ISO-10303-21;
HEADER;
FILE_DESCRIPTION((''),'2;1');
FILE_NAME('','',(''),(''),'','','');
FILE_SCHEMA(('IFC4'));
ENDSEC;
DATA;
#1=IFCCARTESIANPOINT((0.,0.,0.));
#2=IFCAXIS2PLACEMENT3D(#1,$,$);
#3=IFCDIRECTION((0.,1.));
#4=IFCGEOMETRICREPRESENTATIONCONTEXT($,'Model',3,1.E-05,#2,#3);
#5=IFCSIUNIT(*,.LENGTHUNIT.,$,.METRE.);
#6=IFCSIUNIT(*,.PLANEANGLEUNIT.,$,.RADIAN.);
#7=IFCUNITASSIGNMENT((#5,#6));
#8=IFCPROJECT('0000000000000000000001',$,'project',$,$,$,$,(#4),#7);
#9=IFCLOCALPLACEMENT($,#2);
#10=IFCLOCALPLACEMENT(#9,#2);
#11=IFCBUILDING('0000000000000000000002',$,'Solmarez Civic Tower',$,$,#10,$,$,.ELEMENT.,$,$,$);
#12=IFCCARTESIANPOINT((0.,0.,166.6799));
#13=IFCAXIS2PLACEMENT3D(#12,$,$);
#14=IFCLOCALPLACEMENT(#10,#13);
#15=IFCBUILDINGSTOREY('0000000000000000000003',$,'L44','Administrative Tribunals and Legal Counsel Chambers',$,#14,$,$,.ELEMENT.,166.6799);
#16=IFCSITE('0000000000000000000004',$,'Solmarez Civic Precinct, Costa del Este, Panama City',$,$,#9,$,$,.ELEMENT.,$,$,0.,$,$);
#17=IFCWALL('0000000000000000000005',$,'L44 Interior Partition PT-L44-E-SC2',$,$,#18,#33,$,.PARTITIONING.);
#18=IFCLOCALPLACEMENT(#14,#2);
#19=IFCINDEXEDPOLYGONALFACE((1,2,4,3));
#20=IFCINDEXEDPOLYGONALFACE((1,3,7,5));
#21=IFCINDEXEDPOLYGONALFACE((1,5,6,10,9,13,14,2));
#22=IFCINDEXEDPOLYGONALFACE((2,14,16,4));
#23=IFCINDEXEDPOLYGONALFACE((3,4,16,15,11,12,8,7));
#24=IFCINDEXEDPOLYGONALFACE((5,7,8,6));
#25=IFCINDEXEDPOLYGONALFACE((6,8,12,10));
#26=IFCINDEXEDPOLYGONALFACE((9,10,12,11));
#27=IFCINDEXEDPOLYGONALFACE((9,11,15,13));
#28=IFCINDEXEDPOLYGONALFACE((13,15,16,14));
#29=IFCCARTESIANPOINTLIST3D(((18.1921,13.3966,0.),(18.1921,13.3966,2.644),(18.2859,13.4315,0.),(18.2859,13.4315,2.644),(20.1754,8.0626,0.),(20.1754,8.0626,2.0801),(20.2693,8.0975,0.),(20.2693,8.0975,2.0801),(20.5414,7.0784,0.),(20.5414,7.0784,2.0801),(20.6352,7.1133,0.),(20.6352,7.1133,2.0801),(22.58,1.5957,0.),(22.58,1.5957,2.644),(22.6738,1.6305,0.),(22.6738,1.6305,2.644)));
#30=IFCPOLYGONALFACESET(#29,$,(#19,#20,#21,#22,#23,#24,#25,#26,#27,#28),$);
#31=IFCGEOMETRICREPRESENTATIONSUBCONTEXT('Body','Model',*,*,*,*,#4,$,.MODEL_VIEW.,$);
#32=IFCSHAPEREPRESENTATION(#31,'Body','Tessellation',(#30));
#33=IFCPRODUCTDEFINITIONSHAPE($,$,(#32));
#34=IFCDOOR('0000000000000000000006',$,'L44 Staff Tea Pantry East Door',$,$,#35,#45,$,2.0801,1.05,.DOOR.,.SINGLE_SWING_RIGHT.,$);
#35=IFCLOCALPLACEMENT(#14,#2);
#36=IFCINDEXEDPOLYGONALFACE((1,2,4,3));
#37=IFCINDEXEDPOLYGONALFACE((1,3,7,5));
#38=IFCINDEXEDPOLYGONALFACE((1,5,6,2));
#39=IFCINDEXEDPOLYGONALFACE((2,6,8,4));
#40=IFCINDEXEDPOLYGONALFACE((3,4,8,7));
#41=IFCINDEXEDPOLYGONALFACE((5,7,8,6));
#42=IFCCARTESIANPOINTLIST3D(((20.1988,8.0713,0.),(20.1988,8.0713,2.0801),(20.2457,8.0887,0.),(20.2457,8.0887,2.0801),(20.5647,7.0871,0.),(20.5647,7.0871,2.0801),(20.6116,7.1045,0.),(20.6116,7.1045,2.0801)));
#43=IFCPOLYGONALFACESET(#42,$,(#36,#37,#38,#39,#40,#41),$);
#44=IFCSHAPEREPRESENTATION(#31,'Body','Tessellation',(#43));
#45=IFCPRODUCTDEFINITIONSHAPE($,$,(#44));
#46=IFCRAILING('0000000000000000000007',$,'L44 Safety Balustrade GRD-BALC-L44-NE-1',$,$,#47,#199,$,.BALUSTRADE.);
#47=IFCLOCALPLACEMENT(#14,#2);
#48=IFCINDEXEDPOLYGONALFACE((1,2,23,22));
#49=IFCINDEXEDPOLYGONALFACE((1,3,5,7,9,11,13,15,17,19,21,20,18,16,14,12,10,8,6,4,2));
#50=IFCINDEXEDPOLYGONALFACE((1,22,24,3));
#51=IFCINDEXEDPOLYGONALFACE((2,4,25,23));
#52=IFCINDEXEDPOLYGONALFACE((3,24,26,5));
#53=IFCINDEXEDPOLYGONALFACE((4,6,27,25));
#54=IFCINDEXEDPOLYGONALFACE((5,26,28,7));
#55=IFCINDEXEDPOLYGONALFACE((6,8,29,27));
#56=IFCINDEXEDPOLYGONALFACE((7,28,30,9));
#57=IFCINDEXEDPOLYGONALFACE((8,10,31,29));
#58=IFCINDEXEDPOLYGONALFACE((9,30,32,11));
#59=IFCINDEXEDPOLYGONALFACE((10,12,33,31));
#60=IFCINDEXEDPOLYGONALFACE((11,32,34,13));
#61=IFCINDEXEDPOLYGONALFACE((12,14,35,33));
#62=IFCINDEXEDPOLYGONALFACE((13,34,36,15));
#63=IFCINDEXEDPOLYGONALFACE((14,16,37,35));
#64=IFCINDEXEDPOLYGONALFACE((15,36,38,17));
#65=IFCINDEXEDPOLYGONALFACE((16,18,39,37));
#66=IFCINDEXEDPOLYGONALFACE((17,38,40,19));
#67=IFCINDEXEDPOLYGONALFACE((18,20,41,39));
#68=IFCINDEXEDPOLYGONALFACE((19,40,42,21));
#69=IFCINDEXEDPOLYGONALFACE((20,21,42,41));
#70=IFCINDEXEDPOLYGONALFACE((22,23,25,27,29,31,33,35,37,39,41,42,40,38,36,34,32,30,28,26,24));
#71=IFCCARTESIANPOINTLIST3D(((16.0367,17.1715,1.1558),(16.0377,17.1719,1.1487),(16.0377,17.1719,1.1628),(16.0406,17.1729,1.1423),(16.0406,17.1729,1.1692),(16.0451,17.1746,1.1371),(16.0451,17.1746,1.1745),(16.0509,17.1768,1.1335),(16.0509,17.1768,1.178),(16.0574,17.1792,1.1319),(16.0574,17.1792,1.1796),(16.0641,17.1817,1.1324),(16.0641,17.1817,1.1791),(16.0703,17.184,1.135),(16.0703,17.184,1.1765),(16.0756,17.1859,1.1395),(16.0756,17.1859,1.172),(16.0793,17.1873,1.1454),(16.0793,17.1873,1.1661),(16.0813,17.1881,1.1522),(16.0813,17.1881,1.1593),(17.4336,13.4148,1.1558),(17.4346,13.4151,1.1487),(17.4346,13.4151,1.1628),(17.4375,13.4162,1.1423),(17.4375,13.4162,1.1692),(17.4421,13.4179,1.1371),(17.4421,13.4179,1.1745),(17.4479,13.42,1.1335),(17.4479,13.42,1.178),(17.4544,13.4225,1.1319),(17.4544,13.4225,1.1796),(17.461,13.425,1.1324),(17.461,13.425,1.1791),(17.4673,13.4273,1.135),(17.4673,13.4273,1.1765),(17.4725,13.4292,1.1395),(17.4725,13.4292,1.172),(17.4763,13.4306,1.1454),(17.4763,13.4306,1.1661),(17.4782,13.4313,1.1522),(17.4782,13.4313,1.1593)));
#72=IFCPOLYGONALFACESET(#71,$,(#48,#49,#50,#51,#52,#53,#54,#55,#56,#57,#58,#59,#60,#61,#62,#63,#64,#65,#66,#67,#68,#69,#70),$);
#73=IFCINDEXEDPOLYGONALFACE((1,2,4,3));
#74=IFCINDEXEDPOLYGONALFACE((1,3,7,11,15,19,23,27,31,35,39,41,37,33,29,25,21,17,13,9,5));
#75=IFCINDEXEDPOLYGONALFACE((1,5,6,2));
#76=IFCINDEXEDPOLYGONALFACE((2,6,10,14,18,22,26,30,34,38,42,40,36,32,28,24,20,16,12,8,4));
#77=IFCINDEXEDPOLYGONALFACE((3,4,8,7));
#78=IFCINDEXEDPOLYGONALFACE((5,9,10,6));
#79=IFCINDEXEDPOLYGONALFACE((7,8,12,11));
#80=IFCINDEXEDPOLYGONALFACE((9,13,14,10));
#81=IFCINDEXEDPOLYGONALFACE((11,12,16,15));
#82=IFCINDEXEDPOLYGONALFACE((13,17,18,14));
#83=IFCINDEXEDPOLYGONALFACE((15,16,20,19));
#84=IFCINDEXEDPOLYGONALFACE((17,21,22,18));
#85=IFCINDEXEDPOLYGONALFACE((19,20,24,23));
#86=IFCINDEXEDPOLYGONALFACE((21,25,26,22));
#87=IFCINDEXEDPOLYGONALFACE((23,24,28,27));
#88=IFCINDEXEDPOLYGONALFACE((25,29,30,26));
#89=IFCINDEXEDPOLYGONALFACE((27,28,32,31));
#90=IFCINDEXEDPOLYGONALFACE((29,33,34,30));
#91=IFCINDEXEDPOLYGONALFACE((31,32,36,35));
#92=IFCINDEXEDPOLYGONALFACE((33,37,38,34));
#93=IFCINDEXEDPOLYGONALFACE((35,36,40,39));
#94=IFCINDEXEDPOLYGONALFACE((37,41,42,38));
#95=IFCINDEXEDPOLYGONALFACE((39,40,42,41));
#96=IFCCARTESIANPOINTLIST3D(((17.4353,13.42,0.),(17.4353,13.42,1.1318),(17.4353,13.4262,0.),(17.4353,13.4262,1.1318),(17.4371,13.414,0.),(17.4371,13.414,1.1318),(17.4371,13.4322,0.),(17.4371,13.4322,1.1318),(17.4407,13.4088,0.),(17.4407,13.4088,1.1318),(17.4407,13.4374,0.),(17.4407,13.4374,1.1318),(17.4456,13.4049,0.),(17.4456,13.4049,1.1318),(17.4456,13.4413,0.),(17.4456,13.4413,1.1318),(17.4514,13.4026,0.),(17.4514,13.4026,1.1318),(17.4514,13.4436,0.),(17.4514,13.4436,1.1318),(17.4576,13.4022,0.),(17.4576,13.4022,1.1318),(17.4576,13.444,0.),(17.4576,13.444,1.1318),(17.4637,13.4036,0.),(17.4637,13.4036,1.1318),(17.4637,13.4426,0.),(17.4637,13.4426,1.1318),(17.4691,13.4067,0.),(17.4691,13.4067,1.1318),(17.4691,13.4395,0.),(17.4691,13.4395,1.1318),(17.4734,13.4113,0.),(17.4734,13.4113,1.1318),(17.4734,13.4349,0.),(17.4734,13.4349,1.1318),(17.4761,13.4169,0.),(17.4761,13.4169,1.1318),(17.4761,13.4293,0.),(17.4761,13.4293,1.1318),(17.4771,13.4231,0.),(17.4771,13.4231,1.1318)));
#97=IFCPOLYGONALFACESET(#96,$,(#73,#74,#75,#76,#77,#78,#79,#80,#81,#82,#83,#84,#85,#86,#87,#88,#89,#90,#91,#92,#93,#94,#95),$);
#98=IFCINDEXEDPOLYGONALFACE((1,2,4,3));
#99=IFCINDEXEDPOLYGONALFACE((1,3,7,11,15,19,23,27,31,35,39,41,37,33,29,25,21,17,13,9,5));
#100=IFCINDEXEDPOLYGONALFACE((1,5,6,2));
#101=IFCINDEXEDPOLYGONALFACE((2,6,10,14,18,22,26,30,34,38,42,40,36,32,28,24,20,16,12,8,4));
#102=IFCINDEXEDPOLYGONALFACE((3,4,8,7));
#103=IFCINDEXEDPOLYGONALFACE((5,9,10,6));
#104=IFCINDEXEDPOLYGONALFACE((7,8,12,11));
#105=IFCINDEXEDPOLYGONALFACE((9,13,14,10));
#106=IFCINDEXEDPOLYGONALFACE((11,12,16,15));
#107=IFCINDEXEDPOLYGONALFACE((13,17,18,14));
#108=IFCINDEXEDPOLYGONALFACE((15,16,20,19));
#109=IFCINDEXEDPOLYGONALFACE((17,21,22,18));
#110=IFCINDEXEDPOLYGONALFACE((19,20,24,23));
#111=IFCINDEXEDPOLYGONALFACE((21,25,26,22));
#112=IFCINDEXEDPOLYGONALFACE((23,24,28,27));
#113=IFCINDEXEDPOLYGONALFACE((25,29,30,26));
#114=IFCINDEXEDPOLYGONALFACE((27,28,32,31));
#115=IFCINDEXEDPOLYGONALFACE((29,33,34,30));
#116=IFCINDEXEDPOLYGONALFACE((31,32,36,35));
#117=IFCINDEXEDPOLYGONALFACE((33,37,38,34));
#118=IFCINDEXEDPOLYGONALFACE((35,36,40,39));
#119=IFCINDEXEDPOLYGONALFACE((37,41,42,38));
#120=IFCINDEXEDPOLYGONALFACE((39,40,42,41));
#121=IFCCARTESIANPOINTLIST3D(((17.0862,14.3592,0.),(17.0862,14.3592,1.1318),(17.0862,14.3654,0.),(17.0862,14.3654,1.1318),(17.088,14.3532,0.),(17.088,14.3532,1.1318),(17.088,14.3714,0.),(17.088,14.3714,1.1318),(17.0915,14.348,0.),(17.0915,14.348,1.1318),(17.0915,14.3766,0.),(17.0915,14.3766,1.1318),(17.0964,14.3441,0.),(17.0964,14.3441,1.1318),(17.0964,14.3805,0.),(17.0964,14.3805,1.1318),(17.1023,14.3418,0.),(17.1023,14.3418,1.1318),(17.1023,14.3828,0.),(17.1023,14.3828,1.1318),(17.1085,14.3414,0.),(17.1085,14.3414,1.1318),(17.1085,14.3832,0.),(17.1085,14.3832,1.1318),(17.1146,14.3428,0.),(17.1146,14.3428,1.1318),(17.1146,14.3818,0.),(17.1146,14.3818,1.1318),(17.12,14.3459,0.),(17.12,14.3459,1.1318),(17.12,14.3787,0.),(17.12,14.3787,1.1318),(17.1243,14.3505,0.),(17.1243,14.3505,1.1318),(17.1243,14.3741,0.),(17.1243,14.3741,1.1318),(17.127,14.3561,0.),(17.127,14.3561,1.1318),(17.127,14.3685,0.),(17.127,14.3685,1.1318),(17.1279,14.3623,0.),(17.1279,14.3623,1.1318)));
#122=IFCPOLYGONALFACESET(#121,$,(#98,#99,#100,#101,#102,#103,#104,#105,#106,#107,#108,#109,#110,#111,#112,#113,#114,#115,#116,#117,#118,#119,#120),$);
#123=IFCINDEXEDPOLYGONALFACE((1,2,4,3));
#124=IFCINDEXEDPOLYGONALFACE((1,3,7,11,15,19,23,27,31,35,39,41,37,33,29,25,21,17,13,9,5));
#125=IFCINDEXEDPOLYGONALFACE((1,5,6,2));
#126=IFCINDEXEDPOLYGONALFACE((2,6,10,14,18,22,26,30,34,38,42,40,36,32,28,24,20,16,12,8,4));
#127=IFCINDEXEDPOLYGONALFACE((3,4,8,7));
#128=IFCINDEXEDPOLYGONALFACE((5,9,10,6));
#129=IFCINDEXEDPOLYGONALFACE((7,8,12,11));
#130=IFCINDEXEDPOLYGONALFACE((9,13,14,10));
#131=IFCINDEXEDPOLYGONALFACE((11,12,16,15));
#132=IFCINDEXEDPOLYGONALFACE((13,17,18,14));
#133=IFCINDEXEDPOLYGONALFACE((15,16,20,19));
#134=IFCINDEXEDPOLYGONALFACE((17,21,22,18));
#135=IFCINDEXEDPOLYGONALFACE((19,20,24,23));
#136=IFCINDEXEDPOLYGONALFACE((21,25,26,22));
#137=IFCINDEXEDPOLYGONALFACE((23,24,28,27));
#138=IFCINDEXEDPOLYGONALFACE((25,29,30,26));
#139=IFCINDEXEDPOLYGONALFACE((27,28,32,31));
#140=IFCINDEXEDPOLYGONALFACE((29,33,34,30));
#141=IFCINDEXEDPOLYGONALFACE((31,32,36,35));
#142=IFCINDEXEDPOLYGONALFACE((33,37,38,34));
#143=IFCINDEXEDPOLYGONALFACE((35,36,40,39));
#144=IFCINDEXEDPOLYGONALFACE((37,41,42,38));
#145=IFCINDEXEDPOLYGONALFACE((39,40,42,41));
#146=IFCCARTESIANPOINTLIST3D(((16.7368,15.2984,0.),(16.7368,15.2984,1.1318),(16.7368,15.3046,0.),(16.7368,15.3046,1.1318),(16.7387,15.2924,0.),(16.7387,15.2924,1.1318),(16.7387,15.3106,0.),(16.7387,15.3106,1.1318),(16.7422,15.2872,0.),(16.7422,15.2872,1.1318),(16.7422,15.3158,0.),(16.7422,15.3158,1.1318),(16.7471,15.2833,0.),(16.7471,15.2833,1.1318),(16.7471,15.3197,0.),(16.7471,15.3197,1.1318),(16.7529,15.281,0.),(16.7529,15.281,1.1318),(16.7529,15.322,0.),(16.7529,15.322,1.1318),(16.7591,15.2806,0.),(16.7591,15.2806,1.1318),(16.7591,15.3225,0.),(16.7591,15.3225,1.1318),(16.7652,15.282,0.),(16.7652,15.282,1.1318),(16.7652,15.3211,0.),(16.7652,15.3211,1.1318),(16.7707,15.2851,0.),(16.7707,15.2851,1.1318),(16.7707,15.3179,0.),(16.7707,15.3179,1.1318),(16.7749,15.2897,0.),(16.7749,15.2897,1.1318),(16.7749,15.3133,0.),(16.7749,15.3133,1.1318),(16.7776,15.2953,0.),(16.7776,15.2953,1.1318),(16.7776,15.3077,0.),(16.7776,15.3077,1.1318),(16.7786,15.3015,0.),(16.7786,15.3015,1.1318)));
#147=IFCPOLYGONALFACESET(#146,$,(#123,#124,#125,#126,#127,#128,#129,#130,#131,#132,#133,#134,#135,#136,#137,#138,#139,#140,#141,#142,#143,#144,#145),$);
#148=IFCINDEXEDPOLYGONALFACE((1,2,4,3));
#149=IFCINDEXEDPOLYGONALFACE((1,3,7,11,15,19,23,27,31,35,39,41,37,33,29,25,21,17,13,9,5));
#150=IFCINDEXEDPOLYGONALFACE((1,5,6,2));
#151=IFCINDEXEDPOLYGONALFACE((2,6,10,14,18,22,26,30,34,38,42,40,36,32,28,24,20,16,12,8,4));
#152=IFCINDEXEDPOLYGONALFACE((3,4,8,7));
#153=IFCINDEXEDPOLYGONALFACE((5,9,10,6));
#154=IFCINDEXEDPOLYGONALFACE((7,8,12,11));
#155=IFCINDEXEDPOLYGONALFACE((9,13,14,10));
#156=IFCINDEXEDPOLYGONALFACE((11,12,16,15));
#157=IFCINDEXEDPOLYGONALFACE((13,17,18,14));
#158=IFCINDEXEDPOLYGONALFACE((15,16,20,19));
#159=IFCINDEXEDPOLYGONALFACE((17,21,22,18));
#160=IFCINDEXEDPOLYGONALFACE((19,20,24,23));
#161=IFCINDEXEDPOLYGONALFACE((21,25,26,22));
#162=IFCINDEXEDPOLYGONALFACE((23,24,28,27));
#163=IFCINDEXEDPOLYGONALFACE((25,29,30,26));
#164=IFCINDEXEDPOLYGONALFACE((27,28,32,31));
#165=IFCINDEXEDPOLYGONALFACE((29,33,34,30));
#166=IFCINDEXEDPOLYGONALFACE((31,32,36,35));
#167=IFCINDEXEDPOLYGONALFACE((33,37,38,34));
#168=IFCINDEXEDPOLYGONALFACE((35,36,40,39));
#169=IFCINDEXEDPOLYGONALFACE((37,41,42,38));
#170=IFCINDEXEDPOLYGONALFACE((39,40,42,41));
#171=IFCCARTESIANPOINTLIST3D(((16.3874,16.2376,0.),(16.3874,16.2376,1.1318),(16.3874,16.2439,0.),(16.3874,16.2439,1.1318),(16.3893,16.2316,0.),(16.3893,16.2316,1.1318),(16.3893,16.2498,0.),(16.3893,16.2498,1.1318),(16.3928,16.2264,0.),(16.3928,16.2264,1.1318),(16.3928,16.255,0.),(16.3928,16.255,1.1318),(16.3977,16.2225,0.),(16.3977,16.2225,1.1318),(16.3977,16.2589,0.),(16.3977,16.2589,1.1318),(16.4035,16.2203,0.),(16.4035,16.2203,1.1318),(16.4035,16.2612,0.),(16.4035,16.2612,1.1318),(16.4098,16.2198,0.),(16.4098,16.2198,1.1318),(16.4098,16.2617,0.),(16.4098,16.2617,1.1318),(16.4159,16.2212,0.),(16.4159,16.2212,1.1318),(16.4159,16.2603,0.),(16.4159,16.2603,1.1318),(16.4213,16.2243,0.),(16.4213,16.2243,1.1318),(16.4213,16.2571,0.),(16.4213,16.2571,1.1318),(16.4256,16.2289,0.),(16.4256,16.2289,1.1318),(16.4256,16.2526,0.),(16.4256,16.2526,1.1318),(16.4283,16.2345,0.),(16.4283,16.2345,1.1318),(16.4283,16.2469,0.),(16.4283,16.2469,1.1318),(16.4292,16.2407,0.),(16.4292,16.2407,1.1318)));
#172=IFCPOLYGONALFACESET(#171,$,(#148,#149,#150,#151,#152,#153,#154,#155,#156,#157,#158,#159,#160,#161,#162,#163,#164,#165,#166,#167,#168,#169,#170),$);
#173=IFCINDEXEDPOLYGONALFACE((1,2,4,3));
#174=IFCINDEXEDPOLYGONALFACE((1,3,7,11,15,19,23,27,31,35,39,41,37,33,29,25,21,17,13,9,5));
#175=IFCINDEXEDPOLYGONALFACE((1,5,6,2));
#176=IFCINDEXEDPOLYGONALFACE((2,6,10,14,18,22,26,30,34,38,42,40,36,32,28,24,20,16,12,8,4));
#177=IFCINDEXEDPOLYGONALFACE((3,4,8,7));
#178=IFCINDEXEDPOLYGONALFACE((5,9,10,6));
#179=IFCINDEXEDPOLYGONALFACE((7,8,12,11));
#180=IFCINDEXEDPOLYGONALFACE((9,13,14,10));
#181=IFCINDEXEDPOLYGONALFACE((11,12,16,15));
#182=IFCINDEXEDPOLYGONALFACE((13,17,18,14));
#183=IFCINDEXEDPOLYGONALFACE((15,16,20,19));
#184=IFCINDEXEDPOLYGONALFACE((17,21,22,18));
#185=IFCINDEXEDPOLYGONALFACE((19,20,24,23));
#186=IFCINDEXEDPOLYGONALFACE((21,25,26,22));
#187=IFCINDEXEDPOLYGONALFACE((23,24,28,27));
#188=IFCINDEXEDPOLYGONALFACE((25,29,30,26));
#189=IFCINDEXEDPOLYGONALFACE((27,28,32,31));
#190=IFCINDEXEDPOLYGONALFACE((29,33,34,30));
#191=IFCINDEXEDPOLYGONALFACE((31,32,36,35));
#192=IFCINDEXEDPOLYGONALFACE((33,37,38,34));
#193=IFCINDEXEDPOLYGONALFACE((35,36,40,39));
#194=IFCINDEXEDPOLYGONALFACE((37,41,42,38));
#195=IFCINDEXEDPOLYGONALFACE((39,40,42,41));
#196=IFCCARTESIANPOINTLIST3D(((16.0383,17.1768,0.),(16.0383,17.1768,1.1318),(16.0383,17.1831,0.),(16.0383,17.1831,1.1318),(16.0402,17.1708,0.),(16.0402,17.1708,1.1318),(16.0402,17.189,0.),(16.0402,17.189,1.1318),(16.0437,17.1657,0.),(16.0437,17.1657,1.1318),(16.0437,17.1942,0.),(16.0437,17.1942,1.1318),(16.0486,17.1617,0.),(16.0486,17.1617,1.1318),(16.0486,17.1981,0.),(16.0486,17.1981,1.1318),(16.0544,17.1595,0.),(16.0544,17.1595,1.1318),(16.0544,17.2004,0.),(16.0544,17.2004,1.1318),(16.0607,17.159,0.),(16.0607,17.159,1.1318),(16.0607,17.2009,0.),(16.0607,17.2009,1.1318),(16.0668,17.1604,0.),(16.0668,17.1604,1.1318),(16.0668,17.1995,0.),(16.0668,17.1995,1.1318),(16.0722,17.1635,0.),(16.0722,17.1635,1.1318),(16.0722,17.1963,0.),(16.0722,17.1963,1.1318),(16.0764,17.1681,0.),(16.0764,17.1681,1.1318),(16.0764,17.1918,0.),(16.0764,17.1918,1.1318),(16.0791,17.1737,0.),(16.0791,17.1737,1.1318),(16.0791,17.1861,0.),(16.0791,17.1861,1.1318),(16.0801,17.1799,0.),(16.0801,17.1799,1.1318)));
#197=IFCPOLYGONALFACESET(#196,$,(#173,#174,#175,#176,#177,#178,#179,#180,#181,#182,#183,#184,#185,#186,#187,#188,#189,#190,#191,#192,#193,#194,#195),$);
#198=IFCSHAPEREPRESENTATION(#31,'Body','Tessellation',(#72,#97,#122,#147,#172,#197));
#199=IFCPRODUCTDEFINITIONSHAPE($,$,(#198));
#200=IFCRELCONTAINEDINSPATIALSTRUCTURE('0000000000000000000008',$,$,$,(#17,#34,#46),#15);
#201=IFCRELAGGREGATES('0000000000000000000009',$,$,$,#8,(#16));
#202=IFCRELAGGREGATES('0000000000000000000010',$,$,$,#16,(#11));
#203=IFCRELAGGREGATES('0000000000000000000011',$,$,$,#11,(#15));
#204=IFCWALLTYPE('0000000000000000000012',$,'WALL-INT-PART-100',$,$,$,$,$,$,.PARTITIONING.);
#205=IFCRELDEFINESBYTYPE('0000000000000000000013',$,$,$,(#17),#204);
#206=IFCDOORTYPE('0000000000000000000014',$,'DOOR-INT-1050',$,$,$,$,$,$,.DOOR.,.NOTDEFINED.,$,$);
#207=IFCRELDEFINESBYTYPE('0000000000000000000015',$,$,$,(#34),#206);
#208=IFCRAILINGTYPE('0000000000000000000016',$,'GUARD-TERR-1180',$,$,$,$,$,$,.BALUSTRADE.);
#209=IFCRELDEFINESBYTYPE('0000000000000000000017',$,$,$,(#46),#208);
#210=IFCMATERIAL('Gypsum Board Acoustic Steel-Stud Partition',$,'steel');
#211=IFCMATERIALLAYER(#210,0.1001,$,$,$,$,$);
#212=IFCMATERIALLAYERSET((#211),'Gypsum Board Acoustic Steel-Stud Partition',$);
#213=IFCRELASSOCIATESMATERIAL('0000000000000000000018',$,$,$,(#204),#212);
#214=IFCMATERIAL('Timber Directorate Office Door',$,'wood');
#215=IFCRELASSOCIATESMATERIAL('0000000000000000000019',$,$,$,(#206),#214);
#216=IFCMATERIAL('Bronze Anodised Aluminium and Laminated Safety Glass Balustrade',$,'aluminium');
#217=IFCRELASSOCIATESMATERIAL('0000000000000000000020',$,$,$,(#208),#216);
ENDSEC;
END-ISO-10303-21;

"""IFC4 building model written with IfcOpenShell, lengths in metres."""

from ifc_helpers import new_model, si_unit, direction, frame, frame_2d, origin, origin_2d, place, context, subcontext, project, spatial, rectangle, circle, extrude, material, layer, layer_set, type_object, element, fill, save


model = new_model("IFC4")

# Units and contexts
model_context = context("Model", 3, precision=1e-05, world=origin(), true_north=direction((0.0, 1.0)))
body_context = subcontext(model_context, "Body", "Model", "MODEL_VIEW")
ifc_project = project(units=[si_unit("LENGTHUNIT", "METRE"), si_unit("PLANEANGLEUNIT", "RADIAN")], contexts=[model_context])

# Site, building, storey
site_placement = place(None, origin())
site = spatial("IfcSite", under=ifc_project, at=site_placement, Name="Solmarez Civic Precinct, Costa del Este, Panama City", CompositionType="ELEMENT", RefElevation=0.0)
building_placement = place(site_placement, origin())
building = spatial("IfcBuilding", under=site, at=building_placement, Name="Solmarez Civic Tower", CompositionType="ELEMENT")
storey_placement = place(building_placement, frame((0.0, 0.0, 166.6799)))
storey = spatial("IfcBuildingStorey", under=building, at=storey_placement, Name="L44", Description="Administrative Tribunals and Legal Counsel Chambers", CompositionType="ELEMENT", Elevation=166.6799)

# Wall, opening, door
ifc_material_1 = material(Name="Gypsum Board Acoustic Steel-Stud Partition", Category="steel")
ifc_layer_1 = layer(ifc_material_1, 0.1001)
ifc_layer_set_1 = layer_set([ifc_layer_1], Name="Gypsum Board Acoustic Steel-Stud Partition")
wall_type_1 = type_object("IfcWallType", Name="WALL-INT-PART-100", PredefinedType="PARTITIONING", material=ifc_layer_set_1)
ifc_material_2 = material(Name="Timber Directorate Office Door", Category="wood")
door_type_1 = type_object("IfcDoorType", Name="DOOR-INT-1050", OperationType="NOTDEFINED", PredefinedType="DOOR", material=ifc_material_2)
wall_1_placement = place(storey_placement, frame((18.239, 13.4141, 0.0), z_axis=(0.0, 0.0, 1.0), x_axis=(0.348515, -0.937303, 0.0)))
wall_1 = element("IfcWall", 1, at=wall_1_placement, inside=storey, type_object=wall_type_1, Name="L44 Interior Partition PT-L44-E-SC2", PredefinedType="PARTITIONING", context=body_context, shape_type="SweptSolid", body=[
    extrude(rectangle(XDim=12.5903, YDim=0.1001, at=frame_2d((6.2952, 0.0))), origin(), (0.0, 0.0, 1.0), 2.644),
])
opening_1_placement = place(wall_1_placement, frame((5.6909, 0.0, 0.0)))
opening_1 = element("IfcOpeningElement", 2, at=opening_1_placement, cuts=wall_1, PredefinedType="OPENING", context=body_context, shape_type="SweptSolid", body=[
    extrude(rectangle(XDim=1.05, YDim=2.0801, at=frame_2d((0.5249, 1.04))), frame((0.0, 0.0601, 0.0), z_axis=(0.0, -1.0, 0.0), x_axis=(1.0, 0.0, 0.0)), (0.0, 0.0, 1.0), 0.1201),
])
door_1_placement = place(opening_1_placement, origin())
door_1 = element("IfcDoor", 3, at=door_1_placement, inside=storey, type_object=door_type_1, Name="L44 Staff Tea Pantry East Door", OperationType="SINGLE_SWING_RIGHT", OverallHeight=2.0801, OverallWidth=1.05, PredefinedType="DOOR", context=body_context, shape_type="SweptSolid", body=[
    extrude(rectangle(XDim=1.05, YDim=2.0801, at=frame_2d((0.5249, 1.04))), frame((0.0, 0.0249, 0.0), z_axis=(0.0, -1.0, 0.0), x_axis=(1.0, 0.0, 0.0)), (0.0, 0.0, 1.0), 0.05),
])
fill(opening_1, door_1)

# Railing
ifc_material_3 = material(Name="Bronze Anodised Aluminium and Laminated Safety Glass Balustrade", Category="aluminium")
railing_type = type_object("IfcRailingType", Name="GUARD-TERR-1180", PredefinedType="BALUSTRADE", material=ifc_material_3)
railing_1_placement = place(storey_placement, frame((17.4561, 13.4231, 0.0)))
element("IfcRailing", 4, at=railing_1_placement, inside=storey, type_object=railing_type, Name="L44 Safety Balustrade GRD-BALC-L44-NE-1", PredefinedType="BALUSTRADE", context=body_context, shape_type="SweptSolid", body=[
    extrude(circle(Radius=0.0239, at=origin_2d()), frame((0.0, 0.0, 1.1558), z_axis=(-0.348532, 0.937297, 0.0), x_axis=(-0.937297, -0.348532, 0.0)), (0.0, 0.0, 1.0), 4.0081),
    extrude(circle(Radius=0.021, at=origin_2d()), origin(), (0.0, 0.0, 1.0), 1.1318),
    extrude(circle(Radius=0.021, at=origin_2d()), frame((-0.3491, 0.9392, 0.0)), (0.0, 0.0, 1.0), 1.1318),
    extrude(circle(Radius=0.021, at=origin_2d()), frame((-0.6985, 1.8784, 0.0)), (0.0, 0.0, 1.0), 1.1318),
    extrude(circle(Radius=0.021, at=origin_2d()), frame((-1.0479, 2.8176, 0.0)), (0.0, 0.0, 1.0), 1.1318),
    extrude(circle(Radius=0.021, at=origin_2d()), frame((-1.397, 3.7568, 0.0)), (0.0, 0.0, 1.0), 1.1318),
])

save(model, "model.ifc")
